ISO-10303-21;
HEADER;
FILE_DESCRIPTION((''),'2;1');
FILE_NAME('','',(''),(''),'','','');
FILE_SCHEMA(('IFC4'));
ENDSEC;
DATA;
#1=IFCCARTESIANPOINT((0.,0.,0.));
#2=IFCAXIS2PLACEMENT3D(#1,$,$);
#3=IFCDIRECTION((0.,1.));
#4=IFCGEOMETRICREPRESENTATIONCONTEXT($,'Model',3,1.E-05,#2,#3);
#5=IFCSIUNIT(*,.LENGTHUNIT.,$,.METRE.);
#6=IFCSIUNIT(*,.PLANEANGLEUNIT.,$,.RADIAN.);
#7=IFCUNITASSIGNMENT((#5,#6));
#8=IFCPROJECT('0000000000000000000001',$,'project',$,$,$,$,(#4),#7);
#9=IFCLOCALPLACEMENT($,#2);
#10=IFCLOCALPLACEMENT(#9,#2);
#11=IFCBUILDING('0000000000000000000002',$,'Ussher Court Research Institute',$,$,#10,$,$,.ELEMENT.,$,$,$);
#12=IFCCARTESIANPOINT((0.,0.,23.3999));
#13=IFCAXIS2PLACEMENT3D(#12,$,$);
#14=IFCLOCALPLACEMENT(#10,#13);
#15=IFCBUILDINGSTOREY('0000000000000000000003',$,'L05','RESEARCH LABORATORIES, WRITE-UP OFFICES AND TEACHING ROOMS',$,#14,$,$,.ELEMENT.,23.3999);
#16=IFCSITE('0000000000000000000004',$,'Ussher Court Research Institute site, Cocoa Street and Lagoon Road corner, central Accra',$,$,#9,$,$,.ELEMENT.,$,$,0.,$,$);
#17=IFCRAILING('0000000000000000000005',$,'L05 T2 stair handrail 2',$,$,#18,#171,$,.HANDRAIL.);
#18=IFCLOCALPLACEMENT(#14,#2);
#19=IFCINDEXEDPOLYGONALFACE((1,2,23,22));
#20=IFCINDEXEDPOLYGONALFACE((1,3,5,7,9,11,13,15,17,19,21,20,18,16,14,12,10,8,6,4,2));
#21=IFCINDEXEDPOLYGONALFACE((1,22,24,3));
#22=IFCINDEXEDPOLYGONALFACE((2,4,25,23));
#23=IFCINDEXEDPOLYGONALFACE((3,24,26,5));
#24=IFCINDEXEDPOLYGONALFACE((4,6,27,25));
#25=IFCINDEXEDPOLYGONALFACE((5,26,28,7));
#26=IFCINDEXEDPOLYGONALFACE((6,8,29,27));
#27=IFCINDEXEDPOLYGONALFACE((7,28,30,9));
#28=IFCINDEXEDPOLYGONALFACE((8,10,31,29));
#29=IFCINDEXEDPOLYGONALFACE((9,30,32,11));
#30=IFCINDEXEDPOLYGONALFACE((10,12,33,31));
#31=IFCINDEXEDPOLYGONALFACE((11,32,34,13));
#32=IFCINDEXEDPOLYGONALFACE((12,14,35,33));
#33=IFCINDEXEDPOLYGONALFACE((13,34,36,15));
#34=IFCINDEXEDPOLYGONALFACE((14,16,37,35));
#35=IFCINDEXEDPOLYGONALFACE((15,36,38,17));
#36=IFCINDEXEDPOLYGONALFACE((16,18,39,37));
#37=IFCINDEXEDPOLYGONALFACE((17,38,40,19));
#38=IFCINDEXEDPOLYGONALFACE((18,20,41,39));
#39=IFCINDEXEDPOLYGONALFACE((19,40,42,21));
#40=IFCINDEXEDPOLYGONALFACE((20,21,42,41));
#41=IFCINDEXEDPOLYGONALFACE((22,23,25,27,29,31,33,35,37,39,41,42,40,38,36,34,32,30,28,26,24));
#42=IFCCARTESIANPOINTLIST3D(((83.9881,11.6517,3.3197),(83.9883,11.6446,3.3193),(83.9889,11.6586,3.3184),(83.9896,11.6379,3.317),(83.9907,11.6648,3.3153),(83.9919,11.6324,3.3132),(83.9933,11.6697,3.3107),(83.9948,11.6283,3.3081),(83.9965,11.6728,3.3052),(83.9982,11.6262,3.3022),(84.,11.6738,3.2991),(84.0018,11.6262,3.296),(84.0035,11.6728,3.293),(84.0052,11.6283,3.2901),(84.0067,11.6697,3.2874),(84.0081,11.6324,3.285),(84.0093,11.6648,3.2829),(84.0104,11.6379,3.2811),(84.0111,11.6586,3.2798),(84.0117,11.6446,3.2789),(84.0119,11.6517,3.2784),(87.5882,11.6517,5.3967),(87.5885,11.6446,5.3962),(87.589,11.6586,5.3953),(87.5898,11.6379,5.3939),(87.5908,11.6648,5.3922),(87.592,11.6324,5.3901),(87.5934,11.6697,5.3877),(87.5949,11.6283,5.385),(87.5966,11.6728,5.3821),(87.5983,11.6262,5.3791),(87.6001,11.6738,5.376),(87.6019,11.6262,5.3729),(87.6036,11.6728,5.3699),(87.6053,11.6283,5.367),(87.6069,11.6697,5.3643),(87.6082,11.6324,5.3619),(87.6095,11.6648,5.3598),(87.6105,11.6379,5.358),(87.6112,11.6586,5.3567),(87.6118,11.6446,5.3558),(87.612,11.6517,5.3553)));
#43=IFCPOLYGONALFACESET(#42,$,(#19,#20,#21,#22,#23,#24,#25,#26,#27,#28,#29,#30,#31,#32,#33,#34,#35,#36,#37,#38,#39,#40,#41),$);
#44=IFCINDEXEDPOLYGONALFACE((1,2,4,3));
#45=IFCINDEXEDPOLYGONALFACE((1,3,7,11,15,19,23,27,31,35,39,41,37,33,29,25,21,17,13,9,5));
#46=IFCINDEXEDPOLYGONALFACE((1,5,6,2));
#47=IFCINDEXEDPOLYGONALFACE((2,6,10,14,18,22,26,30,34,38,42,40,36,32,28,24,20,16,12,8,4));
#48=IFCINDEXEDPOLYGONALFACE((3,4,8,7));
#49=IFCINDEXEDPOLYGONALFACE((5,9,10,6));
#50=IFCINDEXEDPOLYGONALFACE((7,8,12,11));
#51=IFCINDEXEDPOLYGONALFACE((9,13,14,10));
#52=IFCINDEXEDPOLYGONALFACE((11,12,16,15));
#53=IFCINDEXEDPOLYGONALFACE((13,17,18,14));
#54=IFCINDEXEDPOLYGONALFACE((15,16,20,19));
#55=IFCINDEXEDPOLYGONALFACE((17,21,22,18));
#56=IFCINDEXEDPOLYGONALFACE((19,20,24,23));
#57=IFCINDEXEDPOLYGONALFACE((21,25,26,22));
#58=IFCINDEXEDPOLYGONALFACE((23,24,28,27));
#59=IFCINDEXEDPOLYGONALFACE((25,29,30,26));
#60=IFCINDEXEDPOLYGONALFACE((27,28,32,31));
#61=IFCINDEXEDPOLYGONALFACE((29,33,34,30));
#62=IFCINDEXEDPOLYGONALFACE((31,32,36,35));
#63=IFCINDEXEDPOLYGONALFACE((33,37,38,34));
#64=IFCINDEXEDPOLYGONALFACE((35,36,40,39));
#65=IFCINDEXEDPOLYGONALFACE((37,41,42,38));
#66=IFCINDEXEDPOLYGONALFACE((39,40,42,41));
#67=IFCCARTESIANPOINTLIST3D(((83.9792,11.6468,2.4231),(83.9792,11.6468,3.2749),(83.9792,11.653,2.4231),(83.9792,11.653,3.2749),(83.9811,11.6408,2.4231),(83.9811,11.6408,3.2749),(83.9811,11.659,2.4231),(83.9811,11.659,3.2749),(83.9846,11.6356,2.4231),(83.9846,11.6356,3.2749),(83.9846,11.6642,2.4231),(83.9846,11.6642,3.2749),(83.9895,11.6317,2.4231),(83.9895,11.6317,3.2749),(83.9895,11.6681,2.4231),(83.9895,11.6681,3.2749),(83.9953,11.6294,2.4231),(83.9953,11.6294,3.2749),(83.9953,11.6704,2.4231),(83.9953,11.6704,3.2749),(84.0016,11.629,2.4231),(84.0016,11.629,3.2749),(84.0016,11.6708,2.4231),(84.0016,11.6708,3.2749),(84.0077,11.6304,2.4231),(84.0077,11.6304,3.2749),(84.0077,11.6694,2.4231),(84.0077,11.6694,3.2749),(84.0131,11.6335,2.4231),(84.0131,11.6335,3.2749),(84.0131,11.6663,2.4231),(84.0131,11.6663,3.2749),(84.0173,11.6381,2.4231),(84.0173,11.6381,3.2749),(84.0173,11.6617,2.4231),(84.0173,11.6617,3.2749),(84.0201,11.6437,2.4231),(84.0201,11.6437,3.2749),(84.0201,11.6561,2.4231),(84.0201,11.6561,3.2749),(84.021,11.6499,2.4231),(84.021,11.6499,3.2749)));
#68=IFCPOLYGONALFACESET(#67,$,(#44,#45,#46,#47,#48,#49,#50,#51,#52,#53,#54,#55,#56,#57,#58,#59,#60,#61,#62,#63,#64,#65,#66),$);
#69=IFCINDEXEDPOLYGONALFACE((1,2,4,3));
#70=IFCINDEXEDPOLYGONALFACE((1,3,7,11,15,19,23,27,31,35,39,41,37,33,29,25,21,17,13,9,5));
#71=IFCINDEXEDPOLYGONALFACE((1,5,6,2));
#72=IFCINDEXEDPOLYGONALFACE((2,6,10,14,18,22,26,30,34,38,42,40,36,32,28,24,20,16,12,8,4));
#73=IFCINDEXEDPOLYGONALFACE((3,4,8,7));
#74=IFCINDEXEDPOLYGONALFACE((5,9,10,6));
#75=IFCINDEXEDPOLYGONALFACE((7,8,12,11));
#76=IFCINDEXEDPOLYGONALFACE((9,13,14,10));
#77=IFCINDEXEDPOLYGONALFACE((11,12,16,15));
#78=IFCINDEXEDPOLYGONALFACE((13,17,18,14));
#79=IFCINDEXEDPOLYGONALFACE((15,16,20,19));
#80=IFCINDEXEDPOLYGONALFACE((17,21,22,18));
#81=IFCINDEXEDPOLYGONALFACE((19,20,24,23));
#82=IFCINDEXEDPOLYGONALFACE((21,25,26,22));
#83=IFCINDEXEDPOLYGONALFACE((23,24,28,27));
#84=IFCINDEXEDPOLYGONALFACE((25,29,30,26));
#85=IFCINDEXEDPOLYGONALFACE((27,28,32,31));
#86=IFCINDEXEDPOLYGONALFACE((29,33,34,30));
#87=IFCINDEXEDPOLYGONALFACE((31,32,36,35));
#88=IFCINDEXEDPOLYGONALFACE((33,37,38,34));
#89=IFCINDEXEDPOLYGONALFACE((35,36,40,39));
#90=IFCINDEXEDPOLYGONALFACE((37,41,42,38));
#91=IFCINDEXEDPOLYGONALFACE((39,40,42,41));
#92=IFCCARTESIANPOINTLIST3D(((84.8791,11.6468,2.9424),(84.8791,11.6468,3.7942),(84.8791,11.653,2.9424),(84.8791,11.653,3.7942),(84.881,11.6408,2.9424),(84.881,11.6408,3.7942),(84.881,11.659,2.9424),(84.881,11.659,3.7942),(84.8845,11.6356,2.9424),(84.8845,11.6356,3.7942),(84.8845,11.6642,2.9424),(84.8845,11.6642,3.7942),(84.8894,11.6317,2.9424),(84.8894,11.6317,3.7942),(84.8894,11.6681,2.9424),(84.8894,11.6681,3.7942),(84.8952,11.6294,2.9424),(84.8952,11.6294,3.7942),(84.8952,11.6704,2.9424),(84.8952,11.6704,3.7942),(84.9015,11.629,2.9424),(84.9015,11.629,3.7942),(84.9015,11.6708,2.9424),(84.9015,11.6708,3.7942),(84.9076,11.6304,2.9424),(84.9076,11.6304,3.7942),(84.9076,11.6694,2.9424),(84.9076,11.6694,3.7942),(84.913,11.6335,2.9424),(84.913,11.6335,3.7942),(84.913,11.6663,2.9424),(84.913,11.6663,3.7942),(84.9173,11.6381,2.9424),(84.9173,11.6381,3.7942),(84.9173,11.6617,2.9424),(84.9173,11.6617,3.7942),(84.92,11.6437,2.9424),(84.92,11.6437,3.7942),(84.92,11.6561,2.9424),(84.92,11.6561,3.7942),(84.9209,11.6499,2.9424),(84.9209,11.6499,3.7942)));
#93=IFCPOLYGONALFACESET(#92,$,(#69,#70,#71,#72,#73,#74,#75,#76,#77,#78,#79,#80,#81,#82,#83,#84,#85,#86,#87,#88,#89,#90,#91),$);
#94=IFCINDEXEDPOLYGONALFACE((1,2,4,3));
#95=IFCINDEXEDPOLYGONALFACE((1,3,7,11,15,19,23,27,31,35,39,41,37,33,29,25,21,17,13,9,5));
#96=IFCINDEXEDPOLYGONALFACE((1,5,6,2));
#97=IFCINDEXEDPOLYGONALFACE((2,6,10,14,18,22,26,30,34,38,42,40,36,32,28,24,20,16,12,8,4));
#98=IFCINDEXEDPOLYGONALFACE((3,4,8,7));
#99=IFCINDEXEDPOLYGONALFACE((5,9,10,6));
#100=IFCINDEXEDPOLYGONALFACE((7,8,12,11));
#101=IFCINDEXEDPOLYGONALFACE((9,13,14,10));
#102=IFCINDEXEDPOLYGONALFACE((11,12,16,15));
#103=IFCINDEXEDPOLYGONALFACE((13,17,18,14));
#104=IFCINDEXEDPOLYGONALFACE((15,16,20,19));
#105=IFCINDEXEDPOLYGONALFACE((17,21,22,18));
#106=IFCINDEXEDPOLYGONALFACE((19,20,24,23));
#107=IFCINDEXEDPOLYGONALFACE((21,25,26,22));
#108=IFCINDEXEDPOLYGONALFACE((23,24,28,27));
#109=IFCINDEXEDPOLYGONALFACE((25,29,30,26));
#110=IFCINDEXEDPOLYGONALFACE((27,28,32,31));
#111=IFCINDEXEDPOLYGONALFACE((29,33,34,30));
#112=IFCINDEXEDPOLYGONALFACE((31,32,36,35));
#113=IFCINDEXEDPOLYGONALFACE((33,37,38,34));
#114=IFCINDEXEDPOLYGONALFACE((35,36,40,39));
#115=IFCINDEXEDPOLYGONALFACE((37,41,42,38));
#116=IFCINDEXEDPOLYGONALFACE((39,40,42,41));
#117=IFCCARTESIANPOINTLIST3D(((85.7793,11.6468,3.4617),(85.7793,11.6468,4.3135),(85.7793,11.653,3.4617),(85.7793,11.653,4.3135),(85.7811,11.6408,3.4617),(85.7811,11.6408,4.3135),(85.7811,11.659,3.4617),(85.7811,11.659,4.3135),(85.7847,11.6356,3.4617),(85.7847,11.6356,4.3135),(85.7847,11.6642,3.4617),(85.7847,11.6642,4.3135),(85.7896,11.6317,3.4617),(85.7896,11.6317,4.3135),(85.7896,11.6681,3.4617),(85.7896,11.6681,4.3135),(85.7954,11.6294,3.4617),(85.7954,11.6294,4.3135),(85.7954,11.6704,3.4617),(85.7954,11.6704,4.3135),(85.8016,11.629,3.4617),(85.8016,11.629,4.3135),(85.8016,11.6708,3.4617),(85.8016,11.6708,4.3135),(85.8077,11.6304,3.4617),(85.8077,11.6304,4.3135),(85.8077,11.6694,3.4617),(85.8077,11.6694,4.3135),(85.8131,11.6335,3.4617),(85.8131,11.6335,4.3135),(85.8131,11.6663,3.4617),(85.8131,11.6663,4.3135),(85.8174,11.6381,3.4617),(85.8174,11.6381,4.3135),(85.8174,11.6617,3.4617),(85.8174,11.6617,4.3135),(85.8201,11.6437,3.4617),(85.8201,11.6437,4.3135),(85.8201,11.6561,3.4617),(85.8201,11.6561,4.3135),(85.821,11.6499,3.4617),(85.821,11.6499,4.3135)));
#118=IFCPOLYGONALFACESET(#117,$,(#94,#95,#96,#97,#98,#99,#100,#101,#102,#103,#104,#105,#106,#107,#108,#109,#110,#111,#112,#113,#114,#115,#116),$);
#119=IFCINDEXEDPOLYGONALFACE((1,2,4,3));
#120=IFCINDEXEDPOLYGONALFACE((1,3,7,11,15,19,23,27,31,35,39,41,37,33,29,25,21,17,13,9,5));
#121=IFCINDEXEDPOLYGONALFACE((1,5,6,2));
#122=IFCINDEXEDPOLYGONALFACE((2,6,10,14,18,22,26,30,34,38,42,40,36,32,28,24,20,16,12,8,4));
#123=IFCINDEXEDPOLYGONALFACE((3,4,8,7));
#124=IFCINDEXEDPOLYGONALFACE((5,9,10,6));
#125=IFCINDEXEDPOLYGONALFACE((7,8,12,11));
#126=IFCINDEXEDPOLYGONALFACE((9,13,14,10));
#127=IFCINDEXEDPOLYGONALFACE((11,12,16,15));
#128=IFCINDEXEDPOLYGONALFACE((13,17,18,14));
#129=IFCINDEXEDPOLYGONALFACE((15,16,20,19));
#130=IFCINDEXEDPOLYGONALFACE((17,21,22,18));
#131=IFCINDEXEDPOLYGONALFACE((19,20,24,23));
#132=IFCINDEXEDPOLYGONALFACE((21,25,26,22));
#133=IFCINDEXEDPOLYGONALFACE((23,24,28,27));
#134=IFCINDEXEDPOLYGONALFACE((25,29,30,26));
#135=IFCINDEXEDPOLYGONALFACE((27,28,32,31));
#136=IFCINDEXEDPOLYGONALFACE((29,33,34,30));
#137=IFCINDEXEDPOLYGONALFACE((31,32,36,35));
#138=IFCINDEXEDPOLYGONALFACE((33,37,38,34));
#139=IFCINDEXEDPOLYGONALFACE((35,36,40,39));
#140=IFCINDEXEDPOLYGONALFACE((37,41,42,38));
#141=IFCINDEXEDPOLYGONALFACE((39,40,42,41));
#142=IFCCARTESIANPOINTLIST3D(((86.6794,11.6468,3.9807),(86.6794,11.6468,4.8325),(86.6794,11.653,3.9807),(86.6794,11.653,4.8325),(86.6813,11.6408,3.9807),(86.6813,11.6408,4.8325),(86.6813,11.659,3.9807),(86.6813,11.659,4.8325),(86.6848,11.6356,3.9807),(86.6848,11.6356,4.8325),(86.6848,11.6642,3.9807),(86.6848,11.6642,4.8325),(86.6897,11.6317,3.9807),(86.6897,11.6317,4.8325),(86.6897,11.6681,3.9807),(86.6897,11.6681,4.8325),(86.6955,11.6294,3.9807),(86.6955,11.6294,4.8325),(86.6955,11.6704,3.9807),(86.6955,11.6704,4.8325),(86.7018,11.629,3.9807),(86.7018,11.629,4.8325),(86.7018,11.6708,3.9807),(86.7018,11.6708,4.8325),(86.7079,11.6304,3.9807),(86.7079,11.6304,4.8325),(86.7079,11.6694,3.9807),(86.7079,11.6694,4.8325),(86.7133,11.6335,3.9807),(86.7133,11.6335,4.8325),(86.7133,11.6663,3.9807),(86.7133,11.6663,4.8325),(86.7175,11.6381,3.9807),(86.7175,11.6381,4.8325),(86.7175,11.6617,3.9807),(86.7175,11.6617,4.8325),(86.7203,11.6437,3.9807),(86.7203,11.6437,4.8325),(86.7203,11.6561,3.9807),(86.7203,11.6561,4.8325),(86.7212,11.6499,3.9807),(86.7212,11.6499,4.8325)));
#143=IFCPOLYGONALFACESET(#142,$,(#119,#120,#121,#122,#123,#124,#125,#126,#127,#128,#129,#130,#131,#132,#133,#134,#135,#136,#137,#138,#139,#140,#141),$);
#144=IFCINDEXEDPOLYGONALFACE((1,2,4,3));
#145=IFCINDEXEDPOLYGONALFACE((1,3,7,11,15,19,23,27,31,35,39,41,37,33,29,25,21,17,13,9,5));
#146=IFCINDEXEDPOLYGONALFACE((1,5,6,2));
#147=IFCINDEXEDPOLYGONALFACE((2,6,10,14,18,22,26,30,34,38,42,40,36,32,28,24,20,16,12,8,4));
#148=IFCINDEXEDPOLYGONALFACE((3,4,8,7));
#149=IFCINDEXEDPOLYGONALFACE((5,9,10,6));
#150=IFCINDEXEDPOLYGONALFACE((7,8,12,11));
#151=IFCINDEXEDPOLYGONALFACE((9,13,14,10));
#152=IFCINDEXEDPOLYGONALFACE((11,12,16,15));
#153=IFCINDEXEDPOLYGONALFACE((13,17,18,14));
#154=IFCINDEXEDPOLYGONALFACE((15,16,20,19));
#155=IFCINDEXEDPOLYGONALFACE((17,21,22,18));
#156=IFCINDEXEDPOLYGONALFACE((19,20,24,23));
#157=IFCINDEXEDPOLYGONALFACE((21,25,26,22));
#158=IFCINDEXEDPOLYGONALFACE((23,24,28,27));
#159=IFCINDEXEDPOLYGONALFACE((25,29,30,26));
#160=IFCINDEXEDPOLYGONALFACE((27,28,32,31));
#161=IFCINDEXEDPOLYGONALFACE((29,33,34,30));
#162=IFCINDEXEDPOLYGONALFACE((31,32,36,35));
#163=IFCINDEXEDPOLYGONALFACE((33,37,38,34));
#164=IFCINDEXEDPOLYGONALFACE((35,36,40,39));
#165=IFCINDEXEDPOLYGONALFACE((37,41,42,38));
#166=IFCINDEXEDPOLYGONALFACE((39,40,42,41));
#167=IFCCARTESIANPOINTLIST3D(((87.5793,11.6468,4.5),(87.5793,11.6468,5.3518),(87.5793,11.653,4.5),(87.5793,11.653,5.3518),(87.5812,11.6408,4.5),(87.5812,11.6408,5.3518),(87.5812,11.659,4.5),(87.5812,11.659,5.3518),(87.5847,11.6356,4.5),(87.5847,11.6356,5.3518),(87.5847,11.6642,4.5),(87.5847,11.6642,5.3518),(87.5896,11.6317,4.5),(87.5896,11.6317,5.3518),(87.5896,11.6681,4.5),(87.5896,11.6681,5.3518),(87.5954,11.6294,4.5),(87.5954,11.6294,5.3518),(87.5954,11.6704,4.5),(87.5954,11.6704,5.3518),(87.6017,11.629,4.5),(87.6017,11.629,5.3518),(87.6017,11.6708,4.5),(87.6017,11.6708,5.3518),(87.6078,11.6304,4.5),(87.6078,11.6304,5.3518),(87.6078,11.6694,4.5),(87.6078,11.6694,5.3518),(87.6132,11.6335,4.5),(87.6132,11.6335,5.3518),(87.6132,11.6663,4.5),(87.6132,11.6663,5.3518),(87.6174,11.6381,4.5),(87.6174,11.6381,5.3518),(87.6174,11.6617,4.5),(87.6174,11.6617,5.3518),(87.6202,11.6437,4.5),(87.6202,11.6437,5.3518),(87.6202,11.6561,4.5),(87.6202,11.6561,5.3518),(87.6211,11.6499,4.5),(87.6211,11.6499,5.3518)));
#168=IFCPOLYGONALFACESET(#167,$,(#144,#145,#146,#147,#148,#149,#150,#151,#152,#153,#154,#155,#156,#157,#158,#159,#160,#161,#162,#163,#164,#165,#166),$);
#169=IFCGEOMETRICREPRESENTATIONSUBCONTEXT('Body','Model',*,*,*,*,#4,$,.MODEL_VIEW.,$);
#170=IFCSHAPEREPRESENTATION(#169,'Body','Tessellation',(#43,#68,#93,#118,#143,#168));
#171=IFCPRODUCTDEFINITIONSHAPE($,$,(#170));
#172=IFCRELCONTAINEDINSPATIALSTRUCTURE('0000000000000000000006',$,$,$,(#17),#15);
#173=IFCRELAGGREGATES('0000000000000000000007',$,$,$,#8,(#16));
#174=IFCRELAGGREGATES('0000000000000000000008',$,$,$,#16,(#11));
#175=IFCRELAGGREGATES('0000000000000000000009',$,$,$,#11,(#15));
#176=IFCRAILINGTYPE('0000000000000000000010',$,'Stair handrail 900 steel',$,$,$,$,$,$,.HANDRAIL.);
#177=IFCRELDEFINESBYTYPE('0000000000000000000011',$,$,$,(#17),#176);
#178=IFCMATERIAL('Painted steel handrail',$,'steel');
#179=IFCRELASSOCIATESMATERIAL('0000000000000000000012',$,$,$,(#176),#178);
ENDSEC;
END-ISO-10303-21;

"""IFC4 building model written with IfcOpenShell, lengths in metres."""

from ifc_helpers import new_model, si_unit, direction, frame, origin, origin_2d, place, context, subcontext, project, spatial, circle, extrude, material, type_object, element, save


model = new_model("IFC4")

# Units and contexts
model_context = context("Model", 3, precision=1e-05, world=origin(), true_north=direction((0.0, 1.0)))
body_context = subcontext(model_context, "Body", "Model", "MODEL_VIEW")
ifc_project = project(units=[si_unit("LENGTHUNIT", "METRE"), si_unit("PLANEANGLEUNIT", "RADIAN")], contexts=[model_context])

# Site, building, storey
site_placement = place(None, origin())
site = spatial("IfcSite", under=ifc_project, at=site_placement, Name="Ussher Court Research Institute site, Cocoa Street and Lagoon Road corner, central Accra", CompositionType="ELEMENT", RefElevation=0.0)
building_placement = place(site_placement, origin())
building = spatial("IfcBuilding", under=site, at=building_placement, Name="Ussher Court Research Institute", CompositionType="ELEMENT")
storey_placement = place(building_placement, frame((0.0, 0.0, 23.3999)))
storey = spatial("IfcBuildingStorey", under=building, at=storey_placement, Name="L05", Description="RESEARCH LABORATORIES, WRITE-UP OFFICES AND TEACHING ROOMS", CompositionType="ELEMENT", Elevation=23.3999)

# Railing
ifc_material_1 = material(Name="Painted steel handrail", Category="steel")
railing_type_1 = type_object("IfcRailingType", Name="Stair handrail 900 steel", PredefinedType="HANDRAIL", material=ifc_material_1)
railing_1_placement = place(storey_placement, frame((84.0, 11.6499, 2.4231)))
element("IfcRailing", 1, at=railing_1_placement, inside=storey, type_object=railing_type_1, Name="L05 T2 stair handrail 2", PredefinedType="HANDRAIL", context=body_context, shape_type="SweptSolid", body=[
    extrude(circle(Radius=0.0239, at=origin_2d()), frame((0.0, 0.0, 0.876), z_axis=(0.866193, 0.0, 0.499709), x_axis=(0.0, 1.0, 0.0)), (0.0, 0.0, 1.0), 4.1562),
    extrude(circle(Radius=0.021, at=origin_2d()), origin(), (0.0, 0.0, 1.0), 0.8518),
    extrude(circle(Radius=0.021, at=origin_2d()), frame((0.8999, 0.0, 0.5193)), (0.0, 0.0, 1.0), 0.8518),
    extrude(circle(Radius=0.021, at=origin_2d()), frame((1.8, 0.0, 1.0386)), (0.0, 0.0, 1.0), 0.8518),
    extrude(circle(Radius=0.021, at=origin_2d()), frame((2.7002, 0.0, 1.5576)), (0.0, 0.0, 1.0), 0.8518),
    extrude(circle(Radius=0.021, at=origin_2d()), frame((3.6001, 0.0, 2.0769)), (0.0, 0.0, 1.0), 0.8518),
])

save(model, "model.ifc")
